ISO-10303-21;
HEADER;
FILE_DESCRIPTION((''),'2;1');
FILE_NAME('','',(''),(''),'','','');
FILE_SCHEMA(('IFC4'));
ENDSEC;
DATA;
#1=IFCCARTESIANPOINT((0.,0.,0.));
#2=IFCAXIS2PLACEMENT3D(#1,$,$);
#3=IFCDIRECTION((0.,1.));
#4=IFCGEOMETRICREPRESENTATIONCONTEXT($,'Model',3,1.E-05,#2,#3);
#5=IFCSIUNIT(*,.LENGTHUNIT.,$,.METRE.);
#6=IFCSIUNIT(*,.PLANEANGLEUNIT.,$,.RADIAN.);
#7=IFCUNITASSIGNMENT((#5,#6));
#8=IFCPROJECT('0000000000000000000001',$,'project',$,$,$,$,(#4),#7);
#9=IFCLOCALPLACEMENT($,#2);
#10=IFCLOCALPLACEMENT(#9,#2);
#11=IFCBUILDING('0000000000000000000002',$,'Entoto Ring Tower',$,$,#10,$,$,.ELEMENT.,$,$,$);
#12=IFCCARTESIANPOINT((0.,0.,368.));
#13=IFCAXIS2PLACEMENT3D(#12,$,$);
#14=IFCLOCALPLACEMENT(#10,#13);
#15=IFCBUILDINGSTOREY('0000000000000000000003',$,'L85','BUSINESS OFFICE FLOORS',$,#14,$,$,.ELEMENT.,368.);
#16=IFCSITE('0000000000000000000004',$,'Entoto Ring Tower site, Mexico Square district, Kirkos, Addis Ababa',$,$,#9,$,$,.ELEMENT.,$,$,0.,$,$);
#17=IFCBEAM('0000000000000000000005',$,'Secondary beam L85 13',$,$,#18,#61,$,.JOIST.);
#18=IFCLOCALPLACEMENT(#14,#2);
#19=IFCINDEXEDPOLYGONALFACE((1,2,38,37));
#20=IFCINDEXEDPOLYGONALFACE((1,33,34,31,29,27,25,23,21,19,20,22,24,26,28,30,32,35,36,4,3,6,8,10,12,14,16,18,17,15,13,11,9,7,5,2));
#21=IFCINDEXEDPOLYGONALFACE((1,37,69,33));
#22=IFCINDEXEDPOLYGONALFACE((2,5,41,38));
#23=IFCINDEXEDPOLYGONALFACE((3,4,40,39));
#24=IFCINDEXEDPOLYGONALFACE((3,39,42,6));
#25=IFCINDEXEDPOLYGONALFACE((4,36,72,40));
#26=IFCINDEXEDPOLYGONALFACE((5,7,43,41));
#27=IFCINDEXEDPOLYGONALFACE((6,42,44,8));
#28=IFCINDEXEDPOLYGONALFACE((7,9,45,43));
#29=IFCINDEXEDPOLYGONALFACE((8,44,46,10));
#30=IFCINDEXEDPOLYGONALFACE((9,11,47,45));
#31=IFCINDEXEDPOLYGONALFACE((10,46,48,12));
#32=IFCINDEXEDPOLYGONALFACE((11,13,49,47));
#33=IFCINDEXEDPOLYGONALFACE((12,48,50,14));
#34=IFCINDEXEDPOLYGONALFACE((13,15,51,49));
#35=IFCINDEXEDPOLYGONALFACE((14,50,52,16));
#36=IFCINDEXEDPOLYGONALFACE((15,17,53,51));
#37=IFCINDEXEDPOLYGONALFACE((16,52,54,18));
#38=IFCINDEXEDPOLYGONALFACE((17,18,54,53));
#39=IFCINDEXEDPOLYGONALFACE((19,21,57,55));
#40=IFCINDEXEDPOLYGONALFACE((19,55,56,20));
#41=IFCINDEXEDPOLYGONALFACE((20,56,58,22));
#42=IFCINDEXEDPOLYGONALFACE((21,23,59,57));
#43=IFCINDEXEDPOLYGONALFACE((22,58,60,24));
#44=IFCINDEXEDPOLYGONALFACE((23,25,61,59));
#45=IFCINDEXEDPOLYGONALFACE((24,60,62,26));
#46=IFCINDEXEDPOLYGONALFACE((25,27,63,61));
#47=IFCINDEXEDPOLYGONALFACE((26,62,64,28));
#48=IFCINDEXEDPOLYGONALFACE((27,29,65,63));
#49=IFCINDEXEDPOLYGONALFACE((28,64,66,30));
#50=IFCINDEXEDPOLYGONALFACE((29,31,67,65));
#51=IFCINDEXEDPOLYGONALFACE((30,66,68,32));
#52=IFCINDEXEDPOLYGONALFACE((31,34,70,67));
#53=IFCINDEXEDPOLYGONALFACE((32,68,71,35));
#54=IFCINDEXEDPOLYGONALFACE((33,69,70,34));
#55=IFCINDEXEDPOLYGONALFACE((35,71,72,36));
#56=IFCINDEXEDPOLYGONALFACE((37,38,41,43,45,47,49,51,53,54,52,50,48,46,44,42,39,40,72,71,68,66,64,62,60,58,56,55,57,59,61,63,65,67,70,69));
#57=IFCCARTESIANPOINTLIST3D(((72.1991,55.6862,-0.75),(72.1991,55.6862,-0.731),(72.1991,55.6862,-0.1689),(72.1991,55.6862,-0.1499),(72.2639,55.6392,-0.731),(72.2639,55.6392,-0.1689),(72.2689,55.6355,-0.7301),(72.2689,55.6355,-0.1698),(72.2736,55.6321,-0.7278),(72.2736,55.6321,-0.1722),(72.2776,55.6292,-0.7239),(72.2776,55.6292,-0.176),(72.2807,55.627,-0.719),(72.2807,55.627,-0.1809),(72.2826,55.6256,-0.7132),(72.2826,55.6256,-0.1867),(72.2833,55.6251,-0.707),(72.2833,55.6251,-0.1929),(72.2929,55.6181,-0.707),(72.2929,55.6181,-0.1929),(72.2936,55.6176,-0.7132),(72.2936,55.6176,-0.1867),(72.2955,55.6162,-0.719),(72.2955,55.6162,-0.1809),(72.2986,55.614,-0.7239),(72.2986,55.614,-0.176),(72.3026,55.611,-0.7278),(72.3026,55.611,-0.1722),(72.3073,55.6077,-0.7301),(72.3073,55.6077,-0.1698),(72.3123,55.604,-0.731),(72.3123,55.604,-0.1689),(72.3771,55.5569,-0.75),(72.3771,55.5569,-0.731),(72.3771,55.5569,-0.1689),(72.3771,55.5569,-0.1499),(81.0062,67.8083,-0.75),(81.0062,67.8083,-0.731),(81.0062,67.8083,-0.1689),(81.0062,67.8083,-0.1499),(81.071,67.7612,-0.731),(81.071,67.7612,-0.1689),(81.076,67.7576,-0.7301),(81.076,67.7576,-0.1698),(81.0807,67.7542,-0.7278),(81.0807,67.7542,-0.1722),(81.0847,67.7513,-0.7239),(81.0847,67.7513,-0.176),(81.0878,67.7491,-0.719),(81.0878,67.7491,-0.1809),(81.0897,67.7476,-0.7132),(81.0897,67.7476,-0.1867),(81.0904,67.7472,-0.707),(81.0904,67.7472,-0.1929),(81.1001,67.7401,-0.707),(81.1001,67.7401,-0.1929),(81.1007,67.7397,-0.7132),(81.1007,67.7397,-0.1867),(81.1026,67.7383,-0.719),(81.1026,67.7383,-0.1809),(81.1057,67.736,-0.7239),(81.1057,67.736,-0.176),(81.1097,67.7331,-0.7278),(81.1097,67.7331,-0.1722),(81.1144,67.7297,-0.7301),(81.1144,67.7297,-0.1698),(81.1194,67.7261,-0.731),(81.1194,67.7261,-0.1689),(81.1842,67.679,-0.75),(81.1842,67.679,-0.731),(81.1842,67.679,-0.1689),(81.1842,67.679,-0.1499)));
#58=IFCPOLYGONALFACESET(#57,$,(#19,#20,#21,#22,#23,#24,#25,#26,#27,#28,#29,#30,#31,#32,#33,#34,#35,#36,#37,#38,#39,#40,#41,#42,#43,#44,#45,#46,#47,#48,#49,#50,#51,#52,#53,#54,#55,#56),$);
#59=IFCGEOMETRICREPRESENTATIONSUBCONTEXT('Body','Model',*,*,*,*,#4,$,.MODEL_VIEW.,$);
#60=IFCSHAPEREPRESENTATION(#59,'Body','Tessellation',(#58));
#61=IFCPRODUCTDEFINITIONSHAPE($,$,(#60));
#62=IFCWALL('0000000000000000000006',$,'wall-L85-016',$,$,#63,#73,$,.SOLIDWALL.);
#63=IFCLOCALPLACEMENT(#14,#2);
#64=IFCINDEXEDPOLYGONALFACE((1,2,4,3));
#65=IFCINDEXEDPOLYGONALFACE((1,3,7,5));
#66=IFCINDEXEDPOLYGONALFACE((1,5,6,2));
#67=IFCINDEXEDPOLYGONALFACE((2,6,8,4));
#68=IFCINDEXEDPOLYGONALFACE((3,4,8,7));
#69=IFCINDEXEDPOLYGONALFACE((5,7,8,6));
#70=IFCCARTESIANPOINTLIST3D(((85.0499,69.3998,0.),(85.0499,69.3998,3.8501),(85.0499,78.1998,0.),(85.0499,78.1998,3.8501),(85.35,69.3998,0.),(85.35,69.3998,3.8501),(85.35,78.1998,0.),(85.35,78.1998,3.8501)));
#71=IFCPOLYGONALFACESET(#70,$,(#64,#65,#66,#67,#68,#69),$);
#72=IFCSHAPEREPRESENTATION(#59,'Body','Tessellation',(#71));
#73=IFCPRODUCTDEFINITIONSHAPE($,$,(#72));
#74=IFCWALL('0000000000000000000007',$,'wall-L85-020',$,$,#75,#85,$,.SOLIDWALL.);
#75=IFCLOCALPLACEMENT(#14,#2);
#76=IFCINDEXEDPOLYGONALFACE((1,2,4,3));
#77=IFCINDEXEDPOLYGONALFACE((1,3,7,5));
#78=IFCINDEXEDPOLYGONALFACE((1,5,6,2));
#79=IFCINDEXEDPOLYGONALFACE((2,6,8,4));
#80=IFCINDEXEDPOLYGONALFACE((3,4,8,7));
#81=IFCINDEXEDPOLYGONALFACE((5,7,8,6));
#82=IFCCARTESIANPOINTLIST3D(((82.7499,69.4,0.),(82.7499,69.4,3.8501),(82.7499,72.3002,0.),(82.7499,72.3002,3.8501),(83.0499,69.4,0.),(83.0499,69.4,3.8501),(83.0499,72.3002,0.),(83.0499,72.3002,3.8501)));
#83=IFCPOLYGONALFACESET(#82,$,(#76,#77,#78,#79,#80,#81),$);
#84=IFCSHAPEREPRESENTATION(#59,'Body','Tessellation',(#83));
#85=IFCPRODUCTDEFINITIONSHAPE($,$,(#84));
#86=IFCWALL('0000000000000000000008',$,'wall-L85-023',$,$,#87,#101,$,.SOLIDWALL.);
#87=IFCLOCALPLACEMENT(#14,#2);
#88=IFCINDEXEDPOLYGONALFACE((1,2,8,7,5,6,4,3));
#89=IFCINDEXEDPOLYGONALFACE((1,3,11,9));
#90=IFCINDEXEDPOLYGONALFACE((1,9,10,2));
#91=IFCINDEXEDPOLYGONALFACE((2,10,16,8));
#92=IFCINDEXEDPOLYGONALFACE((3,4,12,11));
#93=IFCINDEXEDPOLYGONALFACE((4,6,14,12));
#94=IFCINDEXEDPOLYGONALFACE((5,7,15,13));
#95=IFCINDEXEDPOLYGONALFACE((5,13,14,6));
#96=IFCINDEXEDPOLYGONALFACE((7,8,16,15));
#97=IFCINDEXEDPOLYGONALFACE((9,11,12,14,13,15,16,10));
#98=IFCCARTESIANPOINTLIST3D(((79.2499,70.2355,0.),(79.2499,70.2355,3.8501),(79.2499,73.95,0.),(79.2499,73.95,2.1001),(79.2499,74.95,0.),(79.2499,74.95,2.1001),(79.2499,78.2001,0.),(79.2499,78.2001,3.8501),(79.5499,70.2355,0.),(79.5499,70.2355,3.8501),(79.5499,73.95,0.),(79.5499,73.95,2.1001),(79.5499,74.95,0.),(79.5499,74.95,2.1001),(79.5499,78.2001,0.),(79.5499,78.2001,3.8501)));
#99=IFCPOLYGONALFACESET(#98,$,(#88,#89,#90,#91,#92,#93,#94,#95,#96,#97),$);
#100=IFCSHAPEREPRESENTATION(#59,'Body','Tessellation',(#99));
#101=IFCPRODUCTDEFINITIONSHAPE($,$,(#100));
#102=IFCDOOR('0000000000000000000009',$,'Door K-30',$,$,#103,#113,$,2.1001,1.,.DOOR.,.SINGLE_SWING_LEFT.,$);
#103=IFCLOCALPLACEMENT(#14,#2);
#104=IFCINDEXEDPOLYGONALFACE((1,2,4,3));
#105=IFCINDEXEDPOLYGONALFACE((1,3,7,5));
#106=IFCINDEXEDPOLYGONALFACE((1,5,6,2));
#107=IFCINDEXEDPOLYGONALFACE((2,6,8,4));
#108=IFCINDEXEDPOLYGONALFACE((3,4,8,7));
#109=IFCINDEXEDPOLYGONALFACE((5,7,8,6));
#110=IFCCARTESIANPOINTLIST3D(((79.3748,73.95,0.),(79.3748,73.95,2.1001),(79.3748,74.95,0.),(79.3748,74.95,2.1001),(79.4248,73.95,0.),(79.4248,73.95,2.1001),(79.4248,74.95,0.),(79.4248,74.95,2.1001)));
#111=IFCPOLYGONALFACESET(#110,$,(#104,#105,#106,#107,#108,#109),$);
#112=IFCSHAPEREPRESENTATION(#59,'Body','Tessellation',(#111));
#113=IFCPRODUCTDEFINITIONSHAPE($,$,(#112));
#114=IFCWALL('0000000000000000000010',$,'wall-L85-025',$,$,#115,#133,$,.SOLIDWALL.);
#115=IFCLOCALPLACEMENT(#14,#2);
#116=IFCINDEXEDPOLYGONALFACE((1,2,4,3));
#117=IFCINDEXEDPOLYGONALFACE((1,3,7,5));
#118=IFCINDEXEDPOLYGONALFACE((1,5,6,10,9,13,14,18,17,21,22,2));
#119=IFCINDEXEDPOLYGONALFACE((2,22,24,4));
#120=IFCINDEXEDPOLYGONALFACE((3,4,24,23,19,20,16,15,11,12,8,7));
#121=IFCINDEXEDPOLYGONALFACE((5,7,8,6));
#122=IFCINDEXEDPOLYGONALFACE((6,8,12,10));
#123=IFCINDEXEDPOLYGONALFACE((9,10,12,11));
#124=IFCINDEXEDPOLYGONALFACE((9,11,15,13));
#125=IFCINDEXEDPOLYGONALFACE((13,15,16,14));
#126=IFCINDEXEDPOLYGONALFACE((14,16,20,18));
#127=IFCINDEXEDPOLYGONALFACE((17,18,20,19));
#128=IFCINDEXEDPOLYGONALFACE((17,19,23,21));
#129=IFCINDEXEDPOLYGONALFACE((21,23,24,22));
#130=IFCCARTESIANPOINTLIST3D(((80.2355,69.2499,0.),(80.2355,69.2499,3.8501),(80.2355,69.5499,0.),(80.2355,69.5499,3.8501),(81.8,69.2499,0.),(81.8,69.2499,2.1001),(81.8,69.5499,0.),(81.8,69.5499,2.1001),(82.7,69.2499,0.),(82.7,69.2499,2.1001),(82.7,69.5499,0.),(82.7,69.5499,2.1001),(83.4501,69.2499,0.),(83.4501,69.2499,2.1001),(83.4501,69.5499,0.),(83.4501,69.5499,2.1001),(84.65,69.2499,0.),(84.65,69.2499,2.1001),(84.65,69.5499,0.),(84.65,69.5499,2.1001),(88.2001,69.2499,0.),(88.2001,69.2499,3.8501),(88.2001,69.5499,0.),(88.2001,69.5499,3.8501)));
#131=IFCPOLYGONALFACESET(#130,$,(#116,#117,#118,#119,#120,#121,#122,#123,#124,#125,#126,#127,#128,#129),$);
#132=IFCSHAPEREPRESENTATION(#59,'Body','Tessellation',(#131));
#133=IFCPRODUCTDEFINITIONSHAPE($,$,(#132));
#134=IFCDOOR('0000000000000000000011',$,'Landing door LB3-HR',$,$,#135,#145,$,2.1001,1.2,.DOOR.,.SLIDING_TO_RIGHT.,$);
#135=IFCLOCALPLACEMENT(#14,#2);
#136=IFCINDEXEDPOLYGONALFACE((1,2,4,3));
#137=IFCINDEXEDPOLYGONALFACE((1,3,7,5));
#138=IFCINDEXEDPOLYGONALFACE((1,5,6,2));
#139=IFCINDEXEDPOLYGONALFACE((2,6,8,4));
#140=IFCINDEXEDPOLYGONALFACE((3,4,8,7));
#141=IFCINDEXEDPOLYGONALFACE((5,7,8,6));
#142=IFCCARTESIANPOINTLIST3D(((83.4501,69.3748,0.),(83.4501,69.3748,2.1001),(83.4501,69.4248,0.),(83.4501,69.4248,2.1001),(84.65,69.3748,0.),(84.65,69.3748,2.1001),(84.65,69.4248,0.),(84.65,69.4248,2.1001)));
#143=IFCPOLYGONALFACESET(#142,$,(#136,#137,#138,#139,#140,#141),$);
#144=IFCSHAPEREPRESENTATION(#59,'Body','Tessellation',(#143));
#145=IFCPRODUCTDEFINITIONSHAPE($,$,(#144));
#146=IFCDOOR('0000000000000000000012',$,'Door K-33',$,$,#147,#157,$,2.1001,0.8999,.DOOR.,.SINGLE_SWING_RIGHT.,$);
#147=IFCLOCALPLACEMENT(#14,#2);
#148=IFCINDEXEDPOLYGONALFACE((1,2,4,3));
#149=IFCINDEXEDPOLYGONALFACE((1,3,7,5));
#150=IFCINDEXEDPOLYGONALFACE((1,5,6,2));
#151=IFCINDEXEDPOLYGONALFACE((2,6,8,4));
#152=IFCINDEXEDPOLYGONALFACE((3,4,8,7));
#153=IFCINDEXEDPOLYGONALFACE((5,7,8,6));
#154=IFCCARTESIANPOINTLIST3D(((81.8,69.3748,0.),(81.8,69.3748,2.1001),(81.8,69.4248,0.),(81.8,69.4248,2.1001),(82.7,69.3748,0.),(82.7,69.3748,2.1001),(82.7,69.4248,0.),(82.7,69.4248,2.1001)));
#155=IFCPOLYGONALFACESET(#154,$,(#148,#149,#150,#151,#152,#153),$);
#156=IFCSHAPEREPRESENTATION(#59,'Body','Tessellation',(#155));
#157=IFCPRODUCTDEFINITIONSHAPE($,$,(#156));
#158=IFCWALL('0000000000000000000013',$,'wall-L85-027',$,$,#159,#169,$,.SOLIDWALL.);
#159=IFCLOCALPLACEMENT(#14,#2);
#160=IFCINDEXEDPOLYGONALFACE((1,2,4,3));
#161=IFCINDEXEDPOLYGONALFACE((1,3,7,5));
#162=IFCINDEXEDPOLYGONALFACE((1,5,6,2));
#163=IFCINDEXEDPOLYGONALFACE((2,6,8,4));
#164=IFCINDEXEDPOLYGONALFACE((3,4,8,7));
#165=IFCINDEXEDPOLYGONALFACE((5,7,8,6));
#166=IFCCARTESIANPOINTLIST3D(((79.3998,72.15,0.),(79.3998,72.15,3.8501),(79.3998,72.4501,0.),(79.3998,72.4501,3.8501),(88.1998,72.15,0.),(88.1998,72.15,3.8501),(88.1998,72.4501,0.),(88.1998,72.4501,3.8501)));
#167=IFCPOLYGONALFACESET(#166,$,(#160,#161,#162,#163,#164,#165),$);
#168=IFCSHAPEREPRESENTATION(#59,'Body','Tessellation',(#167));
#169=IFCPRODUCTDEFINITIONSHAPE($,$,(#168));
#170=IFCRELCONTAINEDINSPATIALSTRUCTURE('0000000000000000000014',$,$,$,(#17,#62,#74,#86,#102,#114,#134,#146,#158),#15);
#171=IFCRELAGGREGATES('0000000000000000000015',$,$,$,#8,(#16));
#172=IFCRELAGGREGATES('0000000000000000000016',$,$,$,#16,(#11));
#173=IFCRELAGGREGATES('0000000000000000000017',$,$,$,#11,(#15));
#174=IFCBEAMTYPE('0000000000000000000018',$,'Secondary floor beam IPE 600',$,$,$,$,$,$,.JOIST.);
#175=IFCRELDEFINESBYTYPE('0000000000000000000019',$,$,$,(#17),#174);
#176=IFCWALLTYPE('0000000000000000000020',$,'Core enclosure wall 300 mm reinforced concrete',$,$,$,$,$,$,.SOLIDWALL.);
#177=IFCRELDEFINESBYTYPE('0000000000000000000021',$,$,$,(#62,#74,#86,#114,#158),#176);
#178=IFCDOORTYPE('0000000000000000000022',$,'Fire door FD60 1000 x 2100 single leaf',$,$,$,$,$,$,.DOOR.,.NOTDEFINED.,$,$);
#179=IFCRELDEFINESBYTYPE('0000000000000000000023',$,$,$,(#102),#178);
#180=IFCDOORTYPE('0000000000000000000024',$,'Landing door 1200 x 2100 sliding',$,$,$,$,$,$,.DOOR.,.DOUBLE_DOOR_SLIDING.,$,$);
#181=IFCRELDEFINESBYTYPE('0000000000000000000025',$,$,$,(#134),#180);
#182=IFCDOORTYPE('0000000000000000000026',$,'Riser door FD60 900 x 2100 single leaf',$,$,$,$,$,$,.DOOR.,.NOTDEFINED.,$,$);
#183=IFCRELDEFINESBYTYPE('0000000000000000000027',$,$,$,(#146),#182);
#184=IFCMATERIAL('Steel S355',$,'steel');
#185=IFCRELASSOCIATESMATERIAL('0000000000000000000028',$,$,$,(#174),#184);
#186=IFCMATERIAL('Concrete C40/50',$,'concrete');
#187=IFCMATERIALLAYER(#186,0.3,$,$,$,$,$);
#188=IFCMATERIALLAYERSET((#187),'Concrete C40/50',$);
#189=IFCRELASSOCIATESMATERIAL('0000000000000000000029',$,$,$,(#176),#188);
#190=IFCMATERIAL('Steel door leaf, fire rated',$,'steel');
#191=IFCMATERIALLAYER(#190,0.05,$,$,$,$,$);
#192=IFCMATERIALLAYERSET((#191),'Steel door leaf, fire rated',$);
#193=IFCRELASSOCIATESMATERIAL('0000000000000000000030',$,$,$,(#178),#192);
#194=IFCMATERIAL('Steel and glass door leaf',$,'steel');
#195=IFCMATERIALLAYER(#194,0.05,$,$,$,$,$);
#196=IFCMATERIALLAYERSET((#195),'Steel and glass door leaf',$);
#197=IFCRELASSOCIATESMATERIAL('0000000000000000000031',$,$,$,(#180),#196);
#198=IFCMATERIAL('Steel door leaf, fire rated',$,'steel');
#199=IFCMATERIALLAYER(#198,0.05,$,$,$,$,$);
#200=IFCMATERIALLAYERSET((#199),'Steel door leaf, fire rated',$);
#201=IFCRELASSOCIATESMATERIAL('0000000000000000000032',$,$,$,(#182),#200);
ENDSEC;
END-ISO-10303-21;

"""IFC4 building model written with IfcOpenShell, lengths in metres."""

from ifc_helpers import new_model, si_unit, direction, frame, frame_2d, origin, origin_2d, place, context, subcontext, project, spatial, rectangle, i_section, extrude, material, layer, layer_set, material_profile, profile_set, type_object, element, fill, save


model = new_model("IFC4")

# Units and contexts
model_context = context("Model", 3, precision=1e-05, world=origin(), true_north=direction((0.0, 1.0)))
body_context = subcontext(model_context, "Body", "Model", "MODEL_VIEW")
ifc_project = project(units=[si_unit("LENGTHUNIT", "METRE"), si_unit("PLANEANGLEUNIT", "RADIAN")], contexts=[model_context])

# Site, building, storey
site_placement = place(None, origin())
site = spatial("IfcSite", under=ifc_project, at=site_placement, Name="Entoto Ring Tower site, Mexico Square district, Kirkos, Addis Ababa", CompositionType="ELEMENT", RefElevation=0.0)
building_placement = place(site_placement, origin())
building = spatial("IfcBuilding", under=site, at=building_placement, Name="Entoto Ring Tower", CompositionType="ELEMENT")
storey_placement = place(building_placement, frame((0.0, 0.0, 368.0)))
storey = spatial("IfcBuildingStorey", under=building, at=storey_placement, Name="L85", Description="BUSINESS OFFICE FLOORS", CompositionType="ELEMENT", Elevation=368.0)

# Beam
ifc_material_1 = material(Name="Steel S355", Category="steel")
ifc_material_profile_1 = material_profile(ifc_material_1, i_section(OverallWidth=0.22, OverallDepth=0.6001, WebThickness=0.012, FlangeThickness=0.019, FilletRadius=0.0239, at=origin_2d()), Name="IPE 600")
ifc_profile_set_1 = profile_set([ifc_material_profile_1], Name="Steel S355")
beam_type_1 = type_object("IfcBeamType", Name="Secondary floor beam IPE 600", PredefinedType="JOIST", material=ifc_profile_set_1)
for number, where, z_axis, x_axis, name in (
    (1, (81.0952, 67.7437, -0.45), (-0.587782, -0.809019, 0.0), (0.809019, -0.587782, 0.0), "Secondary beam L85 13"),
):
    element("IfcBeam", number, at=place(storey_placement, frame(where, z_axis=z_axis, x_axis=x_axis)), inside=storey, type_object=beam_type_1, Name=name, PredefinedType="JOIST", context=body_context, shape_type="SweptSolid", body=[
        extrude(i_section(OverallWidth=0.22, OverallDepth=0.6001, WebThickness=0.012, FlangeThickness=0.019, FilletRadius=0.0239, at=origin_2d()), origin(), (0.0, 0.0, 1.0), 14.9836),
    ])

# Walls
ifc_material_2 = material(Name="Concrete C40/50", Category="concrete")
ifc_layer_1 = layer(ifc_material_2, 0.3)
ifc_layer_set_1 = layer_set([ifc_layer_1], Name="Concrete C40/50")
wall_type_1 = type_object("IfcWallType", Name="Core enclosure wall 300 mm reinforced concrete", PredefinedType="SOLIDWALL", material=ifc_layer_set_1)
wall_1_placement = place(storey_placement, frame((85.2, 69.3999, 0.0), z_axis=(0.0, 0.0, 1.0), x_axis=(0.0, 1.0, 0.0)))
element("IfcWall", 2, at=wall_1_placement, inside=storey, type_object=wall_type_1, Name="wall-L85-016", PredefinedType="SOLIDWALL", context=body_context, shape_type="SweptSolid", body=[
    extrude(rectangle(XDim=8.8, YDim=0.3, at=frame_2d((4.3999, 0.0))), origin(), (0.0, 0.0, 1.0), 3.8501),
])
wall_2_placement = place(storey_placement, frame((82.8999, 69.3999, 0.0), z_axis=(0.0, 0.0, 1.0), x_axis=(0.0, 1.0, 0.0)))
element("IfcWall", 3, at=wall_2_placement, inside=storey, type_object=wall_type_1, Name="wall-L85-020", PredefinedType="SOLIDWALL", context=body_context, shape_type="SweptSolid", body=[
    extrude(rectangle(XDim=2.9001, YDim=0.3, at=frame_2d((1.4502, 0.0))), origin(), (0.0, 0.0, 1.0), 3.8501),
])

# Wall, opening, door
wall_3_placement = place(storey_placement, frame((79.3999, 70.2354, 0.0), z_axis=(0.0, 0.0, 1.0), x_axis=(0.0, 1.0, 0.0)))
wall_3 = element("IfcWall", 4, at=wall_3_placement, inside=storey, type_object=wall_type_1, Name="wall-L85-023", PredefinedType="SOLIDWALL", context=body_context, shape_type="SweptSolid", body=[
    extrude(rectangle(XDim=7.9646, YDim=0.3, at=frame_2d((3.9824, 0.0))), origin(), (0.0, 0.0, 1.0), 3.8501),
])
opening_1_placement = place(wall_3_placement, frame((3.7146, 0.0, 0.0)))
opening_1 = element("IfcOpeningElement", 5, at=opening_1_placement, cuts=wall_3, PredefinedType="OPENING", context=body_context, shape_type="SweptSolid", body=[
    extrude(rectangle(XDim=1.0, YDim=2.1001, at=frame_2d((0.5, 1.05))), frame((0.0, 0.1602, 0.0), z_axis=(0.0, -1.0, 0.0), x_axis=(1.0, 0.0, 0.0)), (0.0, 0.0, 1.0), 0.3201),
])
ifc_material_3 = material(Name="Steel door leaf, fire rated", Category="steel")
ifc_layer_2 = layer(ifc_material_3, 0.05)
ifc_layer_set_2 = layer_set([ifc_layer_2], Name="Steel door leaf, fire rated")
door_type_1 = type_object("IfcDoorType", Name="Fire door FD60 1000 x 2100 single leaf", OperationType="NOTDEFINED", PredefinedType="DOOR", material=ifc_layer_set_2)
door_1_placement = place(opening_1_placement, frame((1.0, 0.0, 0.0), z_axis=(0.0, 0.0, 1.0), x_axis=(-1.0, 0.0, 0.0)))
door_1 = element("IfcDoor", 6, at=door_1_placement, inside=storey, type_object=door_type_1, Name="Door K-30", OperationType="SINGLE_SWING_LEFT", OverallHeight=2.1001, OverallWidth=1.0, PredefinedType="DOOR", context=body_context, shape_type="SweptSolid", body=[
    extrude(rectangle(XDim=1.0, YDim=2.1001, at=frame_2d((0.5, 1.05))), frame((0.0, 0.0249, 0.0), z_axis=(0.0, -1.0, 0.0), x_axis=(1.0, 0.0, 0.0)), (0.0, 0.0, 1.0), 0.05),
])
fill(opening_1, door_1)

# Wall, openings, doors
wall_4_placement = place(storey_placement, frame((80.2354, 69.3999, 0.0), z_axis=(0.0, 0.0, 1.0), x_axis=(1.0, 0.0, 0.0)))
wall_4 = element("IfcWall", 7, at=wall_4_placement, inside=storey, type_object=wall_type_1, Name="wall-L85-025", PredefinedType="SOLIDWALL", context=body_context, shape_type="SweptSolid", body=[
    extrude(rectangle(XDim=7.9646, YDim=0.3, at=frame_2d((3.9824, 0.0))), origin(), (0.0, 0.0, 1.0), 3.8501),
])
opening_2_placement = place(wall_4_placement, frame((3.2146, 0.0, 0.0)))
opening_2 = element("IfcOpeningElement", 8, at=opening_2_placement, cuts=wall_4, PredefinedType="OPENING", context=body_context, shape_type="SweptSolid", body=[
    extrude(rectangle(XDim=1.2, YDim=2.1001, at=frame_2d((0.6001, 1.05))), frame((0.0, 0.1602, 0.0), z_axis=(0.0, -1.0, 0.0), x_axis=(1.0, 0.0, 0.0)), (0.0, 0.0, 1.0), 0.3201),
])
opening_3_placement = place(wall_4_placement, frame((1.5647, 0.0, 0.0)))
opening_3 = element("IfcOpeningElement", 9, at=opening_3_placement, cuts=wall_4, PredefinedType="OPENING", context=body_context, shape_type="SweptSolid", body=[
    extrude(rectangle(XDim=0.8999, YDim=2.1001, at=frame_2d((0.45, 1.05))), frame((0.0, 0.1602, 0.0), z_axis=(0.0, -1.0, 0.0), x_axis=(1.0, 0.0, 0.0)), (0.0, 0.0, 1.0), 0.3201),
])
ifc_material_4 = material(Name="Steel and glass door leaf", Category="steel")
ifc_layer_3 = layer(ifc_material_4, 0.05)
ifc_layer_set_3 = layer_set([ifc_layer_3], Name="Steel and glass door leaf")
door_type_2 = type_object("IfcDoorType", Name="Landing door 1200 x 2100 sliding", OperationType="DOUBLE_DOOR_SLIDING", PredefinedType="DOOR", material=ifc_layer_set_3)
door_2_placement = place(opening_2_placement, origin())
door_2 = element("IfcDoor", 10, at=door_2_placement, inside=storey, type_object=door_type_2, Name="Landing door LB3-HR", OperationType="SLIDING_TO_RIGHT", OverallHeight=2.1001, OverallWidth=1.2, PredefinedType="DOOR", context=body_context, shape_type="SweptSolid", body=[
    extrude(rectangle(XDim=1.2, YDim=2.1001, at=frame_2d((0.6001, 1.05))), frame((0.0, 0.0249, 0.0), z_axis=(0.0, -1.0, 0.0), x_axis=(1.0, 0.0, 0.0)), (0.0, 0.0, 1.0), 0.05),
])
fill(opening_2, door_2)
ifc_material_5 = material(Name="Steel door leaf, fire rated", Category="steel")
ifc_layer_4 = layer(ifc_material_5, 0.05)
ifc_layer_set_4 = layer_set([ifc_layer_4], Name="Steel door leaf, fire rated")
door_type_3 = type_object("IfcDoorType", Name="Riser door FD60 900 x 2100 single leaf", OperationType="NOTDEFINED", PredefinedType="DOOR", material=ifc_layer_set_4)
door_3_placement = place(opening_3_placement, origin())
door_3 = element("IfcDoor", 11, at=door_3_placement, inside=storey, type_object=door_type_3, Name="Door K-33", OperationType="SINGLE_SWING_RIGHT", OverallHeight=2.1001, OverallWidth=0.8999, PredefinedType="DOOR", context=body_context, shape_type="SweptSolid", body=[
    extrude(rectangle(XDim=0.8999, YDim=2.1001, at=frame_2d((0.45, 1.05))), frame((0.0, 0.0249, 0.0), z_axis=(0.0, -1.0, 0.0), x_axis=(1.0, 0.0, 0.0)), (0.0, 0.0, 1.0), 0.05),
])
fill(opening_3, door_3)

# Wall
wall_5_placement = place(storey_placement, frame((79.3999, 72.3, 0.0), z_axis=(0.0, 0.0, 1.0), x_axis=(1.0, 0.0, 0.0)))
element("IfcWall", 12, at=wall_5_placement, inside=storey, type_object=wall_type_1, Name="wall-L85-027", PredefinedType="SOLIDWALL", context=body_context, shape_type="SweptSolid", body=[
    extrude(rectangle(XDim=8.8, YDim=0.3, at=frame_2d((4.3999, 0.0))), origin(), (0.0, 0.0, 1.0), 3.8501),
])

save(model, "model.ifc")
